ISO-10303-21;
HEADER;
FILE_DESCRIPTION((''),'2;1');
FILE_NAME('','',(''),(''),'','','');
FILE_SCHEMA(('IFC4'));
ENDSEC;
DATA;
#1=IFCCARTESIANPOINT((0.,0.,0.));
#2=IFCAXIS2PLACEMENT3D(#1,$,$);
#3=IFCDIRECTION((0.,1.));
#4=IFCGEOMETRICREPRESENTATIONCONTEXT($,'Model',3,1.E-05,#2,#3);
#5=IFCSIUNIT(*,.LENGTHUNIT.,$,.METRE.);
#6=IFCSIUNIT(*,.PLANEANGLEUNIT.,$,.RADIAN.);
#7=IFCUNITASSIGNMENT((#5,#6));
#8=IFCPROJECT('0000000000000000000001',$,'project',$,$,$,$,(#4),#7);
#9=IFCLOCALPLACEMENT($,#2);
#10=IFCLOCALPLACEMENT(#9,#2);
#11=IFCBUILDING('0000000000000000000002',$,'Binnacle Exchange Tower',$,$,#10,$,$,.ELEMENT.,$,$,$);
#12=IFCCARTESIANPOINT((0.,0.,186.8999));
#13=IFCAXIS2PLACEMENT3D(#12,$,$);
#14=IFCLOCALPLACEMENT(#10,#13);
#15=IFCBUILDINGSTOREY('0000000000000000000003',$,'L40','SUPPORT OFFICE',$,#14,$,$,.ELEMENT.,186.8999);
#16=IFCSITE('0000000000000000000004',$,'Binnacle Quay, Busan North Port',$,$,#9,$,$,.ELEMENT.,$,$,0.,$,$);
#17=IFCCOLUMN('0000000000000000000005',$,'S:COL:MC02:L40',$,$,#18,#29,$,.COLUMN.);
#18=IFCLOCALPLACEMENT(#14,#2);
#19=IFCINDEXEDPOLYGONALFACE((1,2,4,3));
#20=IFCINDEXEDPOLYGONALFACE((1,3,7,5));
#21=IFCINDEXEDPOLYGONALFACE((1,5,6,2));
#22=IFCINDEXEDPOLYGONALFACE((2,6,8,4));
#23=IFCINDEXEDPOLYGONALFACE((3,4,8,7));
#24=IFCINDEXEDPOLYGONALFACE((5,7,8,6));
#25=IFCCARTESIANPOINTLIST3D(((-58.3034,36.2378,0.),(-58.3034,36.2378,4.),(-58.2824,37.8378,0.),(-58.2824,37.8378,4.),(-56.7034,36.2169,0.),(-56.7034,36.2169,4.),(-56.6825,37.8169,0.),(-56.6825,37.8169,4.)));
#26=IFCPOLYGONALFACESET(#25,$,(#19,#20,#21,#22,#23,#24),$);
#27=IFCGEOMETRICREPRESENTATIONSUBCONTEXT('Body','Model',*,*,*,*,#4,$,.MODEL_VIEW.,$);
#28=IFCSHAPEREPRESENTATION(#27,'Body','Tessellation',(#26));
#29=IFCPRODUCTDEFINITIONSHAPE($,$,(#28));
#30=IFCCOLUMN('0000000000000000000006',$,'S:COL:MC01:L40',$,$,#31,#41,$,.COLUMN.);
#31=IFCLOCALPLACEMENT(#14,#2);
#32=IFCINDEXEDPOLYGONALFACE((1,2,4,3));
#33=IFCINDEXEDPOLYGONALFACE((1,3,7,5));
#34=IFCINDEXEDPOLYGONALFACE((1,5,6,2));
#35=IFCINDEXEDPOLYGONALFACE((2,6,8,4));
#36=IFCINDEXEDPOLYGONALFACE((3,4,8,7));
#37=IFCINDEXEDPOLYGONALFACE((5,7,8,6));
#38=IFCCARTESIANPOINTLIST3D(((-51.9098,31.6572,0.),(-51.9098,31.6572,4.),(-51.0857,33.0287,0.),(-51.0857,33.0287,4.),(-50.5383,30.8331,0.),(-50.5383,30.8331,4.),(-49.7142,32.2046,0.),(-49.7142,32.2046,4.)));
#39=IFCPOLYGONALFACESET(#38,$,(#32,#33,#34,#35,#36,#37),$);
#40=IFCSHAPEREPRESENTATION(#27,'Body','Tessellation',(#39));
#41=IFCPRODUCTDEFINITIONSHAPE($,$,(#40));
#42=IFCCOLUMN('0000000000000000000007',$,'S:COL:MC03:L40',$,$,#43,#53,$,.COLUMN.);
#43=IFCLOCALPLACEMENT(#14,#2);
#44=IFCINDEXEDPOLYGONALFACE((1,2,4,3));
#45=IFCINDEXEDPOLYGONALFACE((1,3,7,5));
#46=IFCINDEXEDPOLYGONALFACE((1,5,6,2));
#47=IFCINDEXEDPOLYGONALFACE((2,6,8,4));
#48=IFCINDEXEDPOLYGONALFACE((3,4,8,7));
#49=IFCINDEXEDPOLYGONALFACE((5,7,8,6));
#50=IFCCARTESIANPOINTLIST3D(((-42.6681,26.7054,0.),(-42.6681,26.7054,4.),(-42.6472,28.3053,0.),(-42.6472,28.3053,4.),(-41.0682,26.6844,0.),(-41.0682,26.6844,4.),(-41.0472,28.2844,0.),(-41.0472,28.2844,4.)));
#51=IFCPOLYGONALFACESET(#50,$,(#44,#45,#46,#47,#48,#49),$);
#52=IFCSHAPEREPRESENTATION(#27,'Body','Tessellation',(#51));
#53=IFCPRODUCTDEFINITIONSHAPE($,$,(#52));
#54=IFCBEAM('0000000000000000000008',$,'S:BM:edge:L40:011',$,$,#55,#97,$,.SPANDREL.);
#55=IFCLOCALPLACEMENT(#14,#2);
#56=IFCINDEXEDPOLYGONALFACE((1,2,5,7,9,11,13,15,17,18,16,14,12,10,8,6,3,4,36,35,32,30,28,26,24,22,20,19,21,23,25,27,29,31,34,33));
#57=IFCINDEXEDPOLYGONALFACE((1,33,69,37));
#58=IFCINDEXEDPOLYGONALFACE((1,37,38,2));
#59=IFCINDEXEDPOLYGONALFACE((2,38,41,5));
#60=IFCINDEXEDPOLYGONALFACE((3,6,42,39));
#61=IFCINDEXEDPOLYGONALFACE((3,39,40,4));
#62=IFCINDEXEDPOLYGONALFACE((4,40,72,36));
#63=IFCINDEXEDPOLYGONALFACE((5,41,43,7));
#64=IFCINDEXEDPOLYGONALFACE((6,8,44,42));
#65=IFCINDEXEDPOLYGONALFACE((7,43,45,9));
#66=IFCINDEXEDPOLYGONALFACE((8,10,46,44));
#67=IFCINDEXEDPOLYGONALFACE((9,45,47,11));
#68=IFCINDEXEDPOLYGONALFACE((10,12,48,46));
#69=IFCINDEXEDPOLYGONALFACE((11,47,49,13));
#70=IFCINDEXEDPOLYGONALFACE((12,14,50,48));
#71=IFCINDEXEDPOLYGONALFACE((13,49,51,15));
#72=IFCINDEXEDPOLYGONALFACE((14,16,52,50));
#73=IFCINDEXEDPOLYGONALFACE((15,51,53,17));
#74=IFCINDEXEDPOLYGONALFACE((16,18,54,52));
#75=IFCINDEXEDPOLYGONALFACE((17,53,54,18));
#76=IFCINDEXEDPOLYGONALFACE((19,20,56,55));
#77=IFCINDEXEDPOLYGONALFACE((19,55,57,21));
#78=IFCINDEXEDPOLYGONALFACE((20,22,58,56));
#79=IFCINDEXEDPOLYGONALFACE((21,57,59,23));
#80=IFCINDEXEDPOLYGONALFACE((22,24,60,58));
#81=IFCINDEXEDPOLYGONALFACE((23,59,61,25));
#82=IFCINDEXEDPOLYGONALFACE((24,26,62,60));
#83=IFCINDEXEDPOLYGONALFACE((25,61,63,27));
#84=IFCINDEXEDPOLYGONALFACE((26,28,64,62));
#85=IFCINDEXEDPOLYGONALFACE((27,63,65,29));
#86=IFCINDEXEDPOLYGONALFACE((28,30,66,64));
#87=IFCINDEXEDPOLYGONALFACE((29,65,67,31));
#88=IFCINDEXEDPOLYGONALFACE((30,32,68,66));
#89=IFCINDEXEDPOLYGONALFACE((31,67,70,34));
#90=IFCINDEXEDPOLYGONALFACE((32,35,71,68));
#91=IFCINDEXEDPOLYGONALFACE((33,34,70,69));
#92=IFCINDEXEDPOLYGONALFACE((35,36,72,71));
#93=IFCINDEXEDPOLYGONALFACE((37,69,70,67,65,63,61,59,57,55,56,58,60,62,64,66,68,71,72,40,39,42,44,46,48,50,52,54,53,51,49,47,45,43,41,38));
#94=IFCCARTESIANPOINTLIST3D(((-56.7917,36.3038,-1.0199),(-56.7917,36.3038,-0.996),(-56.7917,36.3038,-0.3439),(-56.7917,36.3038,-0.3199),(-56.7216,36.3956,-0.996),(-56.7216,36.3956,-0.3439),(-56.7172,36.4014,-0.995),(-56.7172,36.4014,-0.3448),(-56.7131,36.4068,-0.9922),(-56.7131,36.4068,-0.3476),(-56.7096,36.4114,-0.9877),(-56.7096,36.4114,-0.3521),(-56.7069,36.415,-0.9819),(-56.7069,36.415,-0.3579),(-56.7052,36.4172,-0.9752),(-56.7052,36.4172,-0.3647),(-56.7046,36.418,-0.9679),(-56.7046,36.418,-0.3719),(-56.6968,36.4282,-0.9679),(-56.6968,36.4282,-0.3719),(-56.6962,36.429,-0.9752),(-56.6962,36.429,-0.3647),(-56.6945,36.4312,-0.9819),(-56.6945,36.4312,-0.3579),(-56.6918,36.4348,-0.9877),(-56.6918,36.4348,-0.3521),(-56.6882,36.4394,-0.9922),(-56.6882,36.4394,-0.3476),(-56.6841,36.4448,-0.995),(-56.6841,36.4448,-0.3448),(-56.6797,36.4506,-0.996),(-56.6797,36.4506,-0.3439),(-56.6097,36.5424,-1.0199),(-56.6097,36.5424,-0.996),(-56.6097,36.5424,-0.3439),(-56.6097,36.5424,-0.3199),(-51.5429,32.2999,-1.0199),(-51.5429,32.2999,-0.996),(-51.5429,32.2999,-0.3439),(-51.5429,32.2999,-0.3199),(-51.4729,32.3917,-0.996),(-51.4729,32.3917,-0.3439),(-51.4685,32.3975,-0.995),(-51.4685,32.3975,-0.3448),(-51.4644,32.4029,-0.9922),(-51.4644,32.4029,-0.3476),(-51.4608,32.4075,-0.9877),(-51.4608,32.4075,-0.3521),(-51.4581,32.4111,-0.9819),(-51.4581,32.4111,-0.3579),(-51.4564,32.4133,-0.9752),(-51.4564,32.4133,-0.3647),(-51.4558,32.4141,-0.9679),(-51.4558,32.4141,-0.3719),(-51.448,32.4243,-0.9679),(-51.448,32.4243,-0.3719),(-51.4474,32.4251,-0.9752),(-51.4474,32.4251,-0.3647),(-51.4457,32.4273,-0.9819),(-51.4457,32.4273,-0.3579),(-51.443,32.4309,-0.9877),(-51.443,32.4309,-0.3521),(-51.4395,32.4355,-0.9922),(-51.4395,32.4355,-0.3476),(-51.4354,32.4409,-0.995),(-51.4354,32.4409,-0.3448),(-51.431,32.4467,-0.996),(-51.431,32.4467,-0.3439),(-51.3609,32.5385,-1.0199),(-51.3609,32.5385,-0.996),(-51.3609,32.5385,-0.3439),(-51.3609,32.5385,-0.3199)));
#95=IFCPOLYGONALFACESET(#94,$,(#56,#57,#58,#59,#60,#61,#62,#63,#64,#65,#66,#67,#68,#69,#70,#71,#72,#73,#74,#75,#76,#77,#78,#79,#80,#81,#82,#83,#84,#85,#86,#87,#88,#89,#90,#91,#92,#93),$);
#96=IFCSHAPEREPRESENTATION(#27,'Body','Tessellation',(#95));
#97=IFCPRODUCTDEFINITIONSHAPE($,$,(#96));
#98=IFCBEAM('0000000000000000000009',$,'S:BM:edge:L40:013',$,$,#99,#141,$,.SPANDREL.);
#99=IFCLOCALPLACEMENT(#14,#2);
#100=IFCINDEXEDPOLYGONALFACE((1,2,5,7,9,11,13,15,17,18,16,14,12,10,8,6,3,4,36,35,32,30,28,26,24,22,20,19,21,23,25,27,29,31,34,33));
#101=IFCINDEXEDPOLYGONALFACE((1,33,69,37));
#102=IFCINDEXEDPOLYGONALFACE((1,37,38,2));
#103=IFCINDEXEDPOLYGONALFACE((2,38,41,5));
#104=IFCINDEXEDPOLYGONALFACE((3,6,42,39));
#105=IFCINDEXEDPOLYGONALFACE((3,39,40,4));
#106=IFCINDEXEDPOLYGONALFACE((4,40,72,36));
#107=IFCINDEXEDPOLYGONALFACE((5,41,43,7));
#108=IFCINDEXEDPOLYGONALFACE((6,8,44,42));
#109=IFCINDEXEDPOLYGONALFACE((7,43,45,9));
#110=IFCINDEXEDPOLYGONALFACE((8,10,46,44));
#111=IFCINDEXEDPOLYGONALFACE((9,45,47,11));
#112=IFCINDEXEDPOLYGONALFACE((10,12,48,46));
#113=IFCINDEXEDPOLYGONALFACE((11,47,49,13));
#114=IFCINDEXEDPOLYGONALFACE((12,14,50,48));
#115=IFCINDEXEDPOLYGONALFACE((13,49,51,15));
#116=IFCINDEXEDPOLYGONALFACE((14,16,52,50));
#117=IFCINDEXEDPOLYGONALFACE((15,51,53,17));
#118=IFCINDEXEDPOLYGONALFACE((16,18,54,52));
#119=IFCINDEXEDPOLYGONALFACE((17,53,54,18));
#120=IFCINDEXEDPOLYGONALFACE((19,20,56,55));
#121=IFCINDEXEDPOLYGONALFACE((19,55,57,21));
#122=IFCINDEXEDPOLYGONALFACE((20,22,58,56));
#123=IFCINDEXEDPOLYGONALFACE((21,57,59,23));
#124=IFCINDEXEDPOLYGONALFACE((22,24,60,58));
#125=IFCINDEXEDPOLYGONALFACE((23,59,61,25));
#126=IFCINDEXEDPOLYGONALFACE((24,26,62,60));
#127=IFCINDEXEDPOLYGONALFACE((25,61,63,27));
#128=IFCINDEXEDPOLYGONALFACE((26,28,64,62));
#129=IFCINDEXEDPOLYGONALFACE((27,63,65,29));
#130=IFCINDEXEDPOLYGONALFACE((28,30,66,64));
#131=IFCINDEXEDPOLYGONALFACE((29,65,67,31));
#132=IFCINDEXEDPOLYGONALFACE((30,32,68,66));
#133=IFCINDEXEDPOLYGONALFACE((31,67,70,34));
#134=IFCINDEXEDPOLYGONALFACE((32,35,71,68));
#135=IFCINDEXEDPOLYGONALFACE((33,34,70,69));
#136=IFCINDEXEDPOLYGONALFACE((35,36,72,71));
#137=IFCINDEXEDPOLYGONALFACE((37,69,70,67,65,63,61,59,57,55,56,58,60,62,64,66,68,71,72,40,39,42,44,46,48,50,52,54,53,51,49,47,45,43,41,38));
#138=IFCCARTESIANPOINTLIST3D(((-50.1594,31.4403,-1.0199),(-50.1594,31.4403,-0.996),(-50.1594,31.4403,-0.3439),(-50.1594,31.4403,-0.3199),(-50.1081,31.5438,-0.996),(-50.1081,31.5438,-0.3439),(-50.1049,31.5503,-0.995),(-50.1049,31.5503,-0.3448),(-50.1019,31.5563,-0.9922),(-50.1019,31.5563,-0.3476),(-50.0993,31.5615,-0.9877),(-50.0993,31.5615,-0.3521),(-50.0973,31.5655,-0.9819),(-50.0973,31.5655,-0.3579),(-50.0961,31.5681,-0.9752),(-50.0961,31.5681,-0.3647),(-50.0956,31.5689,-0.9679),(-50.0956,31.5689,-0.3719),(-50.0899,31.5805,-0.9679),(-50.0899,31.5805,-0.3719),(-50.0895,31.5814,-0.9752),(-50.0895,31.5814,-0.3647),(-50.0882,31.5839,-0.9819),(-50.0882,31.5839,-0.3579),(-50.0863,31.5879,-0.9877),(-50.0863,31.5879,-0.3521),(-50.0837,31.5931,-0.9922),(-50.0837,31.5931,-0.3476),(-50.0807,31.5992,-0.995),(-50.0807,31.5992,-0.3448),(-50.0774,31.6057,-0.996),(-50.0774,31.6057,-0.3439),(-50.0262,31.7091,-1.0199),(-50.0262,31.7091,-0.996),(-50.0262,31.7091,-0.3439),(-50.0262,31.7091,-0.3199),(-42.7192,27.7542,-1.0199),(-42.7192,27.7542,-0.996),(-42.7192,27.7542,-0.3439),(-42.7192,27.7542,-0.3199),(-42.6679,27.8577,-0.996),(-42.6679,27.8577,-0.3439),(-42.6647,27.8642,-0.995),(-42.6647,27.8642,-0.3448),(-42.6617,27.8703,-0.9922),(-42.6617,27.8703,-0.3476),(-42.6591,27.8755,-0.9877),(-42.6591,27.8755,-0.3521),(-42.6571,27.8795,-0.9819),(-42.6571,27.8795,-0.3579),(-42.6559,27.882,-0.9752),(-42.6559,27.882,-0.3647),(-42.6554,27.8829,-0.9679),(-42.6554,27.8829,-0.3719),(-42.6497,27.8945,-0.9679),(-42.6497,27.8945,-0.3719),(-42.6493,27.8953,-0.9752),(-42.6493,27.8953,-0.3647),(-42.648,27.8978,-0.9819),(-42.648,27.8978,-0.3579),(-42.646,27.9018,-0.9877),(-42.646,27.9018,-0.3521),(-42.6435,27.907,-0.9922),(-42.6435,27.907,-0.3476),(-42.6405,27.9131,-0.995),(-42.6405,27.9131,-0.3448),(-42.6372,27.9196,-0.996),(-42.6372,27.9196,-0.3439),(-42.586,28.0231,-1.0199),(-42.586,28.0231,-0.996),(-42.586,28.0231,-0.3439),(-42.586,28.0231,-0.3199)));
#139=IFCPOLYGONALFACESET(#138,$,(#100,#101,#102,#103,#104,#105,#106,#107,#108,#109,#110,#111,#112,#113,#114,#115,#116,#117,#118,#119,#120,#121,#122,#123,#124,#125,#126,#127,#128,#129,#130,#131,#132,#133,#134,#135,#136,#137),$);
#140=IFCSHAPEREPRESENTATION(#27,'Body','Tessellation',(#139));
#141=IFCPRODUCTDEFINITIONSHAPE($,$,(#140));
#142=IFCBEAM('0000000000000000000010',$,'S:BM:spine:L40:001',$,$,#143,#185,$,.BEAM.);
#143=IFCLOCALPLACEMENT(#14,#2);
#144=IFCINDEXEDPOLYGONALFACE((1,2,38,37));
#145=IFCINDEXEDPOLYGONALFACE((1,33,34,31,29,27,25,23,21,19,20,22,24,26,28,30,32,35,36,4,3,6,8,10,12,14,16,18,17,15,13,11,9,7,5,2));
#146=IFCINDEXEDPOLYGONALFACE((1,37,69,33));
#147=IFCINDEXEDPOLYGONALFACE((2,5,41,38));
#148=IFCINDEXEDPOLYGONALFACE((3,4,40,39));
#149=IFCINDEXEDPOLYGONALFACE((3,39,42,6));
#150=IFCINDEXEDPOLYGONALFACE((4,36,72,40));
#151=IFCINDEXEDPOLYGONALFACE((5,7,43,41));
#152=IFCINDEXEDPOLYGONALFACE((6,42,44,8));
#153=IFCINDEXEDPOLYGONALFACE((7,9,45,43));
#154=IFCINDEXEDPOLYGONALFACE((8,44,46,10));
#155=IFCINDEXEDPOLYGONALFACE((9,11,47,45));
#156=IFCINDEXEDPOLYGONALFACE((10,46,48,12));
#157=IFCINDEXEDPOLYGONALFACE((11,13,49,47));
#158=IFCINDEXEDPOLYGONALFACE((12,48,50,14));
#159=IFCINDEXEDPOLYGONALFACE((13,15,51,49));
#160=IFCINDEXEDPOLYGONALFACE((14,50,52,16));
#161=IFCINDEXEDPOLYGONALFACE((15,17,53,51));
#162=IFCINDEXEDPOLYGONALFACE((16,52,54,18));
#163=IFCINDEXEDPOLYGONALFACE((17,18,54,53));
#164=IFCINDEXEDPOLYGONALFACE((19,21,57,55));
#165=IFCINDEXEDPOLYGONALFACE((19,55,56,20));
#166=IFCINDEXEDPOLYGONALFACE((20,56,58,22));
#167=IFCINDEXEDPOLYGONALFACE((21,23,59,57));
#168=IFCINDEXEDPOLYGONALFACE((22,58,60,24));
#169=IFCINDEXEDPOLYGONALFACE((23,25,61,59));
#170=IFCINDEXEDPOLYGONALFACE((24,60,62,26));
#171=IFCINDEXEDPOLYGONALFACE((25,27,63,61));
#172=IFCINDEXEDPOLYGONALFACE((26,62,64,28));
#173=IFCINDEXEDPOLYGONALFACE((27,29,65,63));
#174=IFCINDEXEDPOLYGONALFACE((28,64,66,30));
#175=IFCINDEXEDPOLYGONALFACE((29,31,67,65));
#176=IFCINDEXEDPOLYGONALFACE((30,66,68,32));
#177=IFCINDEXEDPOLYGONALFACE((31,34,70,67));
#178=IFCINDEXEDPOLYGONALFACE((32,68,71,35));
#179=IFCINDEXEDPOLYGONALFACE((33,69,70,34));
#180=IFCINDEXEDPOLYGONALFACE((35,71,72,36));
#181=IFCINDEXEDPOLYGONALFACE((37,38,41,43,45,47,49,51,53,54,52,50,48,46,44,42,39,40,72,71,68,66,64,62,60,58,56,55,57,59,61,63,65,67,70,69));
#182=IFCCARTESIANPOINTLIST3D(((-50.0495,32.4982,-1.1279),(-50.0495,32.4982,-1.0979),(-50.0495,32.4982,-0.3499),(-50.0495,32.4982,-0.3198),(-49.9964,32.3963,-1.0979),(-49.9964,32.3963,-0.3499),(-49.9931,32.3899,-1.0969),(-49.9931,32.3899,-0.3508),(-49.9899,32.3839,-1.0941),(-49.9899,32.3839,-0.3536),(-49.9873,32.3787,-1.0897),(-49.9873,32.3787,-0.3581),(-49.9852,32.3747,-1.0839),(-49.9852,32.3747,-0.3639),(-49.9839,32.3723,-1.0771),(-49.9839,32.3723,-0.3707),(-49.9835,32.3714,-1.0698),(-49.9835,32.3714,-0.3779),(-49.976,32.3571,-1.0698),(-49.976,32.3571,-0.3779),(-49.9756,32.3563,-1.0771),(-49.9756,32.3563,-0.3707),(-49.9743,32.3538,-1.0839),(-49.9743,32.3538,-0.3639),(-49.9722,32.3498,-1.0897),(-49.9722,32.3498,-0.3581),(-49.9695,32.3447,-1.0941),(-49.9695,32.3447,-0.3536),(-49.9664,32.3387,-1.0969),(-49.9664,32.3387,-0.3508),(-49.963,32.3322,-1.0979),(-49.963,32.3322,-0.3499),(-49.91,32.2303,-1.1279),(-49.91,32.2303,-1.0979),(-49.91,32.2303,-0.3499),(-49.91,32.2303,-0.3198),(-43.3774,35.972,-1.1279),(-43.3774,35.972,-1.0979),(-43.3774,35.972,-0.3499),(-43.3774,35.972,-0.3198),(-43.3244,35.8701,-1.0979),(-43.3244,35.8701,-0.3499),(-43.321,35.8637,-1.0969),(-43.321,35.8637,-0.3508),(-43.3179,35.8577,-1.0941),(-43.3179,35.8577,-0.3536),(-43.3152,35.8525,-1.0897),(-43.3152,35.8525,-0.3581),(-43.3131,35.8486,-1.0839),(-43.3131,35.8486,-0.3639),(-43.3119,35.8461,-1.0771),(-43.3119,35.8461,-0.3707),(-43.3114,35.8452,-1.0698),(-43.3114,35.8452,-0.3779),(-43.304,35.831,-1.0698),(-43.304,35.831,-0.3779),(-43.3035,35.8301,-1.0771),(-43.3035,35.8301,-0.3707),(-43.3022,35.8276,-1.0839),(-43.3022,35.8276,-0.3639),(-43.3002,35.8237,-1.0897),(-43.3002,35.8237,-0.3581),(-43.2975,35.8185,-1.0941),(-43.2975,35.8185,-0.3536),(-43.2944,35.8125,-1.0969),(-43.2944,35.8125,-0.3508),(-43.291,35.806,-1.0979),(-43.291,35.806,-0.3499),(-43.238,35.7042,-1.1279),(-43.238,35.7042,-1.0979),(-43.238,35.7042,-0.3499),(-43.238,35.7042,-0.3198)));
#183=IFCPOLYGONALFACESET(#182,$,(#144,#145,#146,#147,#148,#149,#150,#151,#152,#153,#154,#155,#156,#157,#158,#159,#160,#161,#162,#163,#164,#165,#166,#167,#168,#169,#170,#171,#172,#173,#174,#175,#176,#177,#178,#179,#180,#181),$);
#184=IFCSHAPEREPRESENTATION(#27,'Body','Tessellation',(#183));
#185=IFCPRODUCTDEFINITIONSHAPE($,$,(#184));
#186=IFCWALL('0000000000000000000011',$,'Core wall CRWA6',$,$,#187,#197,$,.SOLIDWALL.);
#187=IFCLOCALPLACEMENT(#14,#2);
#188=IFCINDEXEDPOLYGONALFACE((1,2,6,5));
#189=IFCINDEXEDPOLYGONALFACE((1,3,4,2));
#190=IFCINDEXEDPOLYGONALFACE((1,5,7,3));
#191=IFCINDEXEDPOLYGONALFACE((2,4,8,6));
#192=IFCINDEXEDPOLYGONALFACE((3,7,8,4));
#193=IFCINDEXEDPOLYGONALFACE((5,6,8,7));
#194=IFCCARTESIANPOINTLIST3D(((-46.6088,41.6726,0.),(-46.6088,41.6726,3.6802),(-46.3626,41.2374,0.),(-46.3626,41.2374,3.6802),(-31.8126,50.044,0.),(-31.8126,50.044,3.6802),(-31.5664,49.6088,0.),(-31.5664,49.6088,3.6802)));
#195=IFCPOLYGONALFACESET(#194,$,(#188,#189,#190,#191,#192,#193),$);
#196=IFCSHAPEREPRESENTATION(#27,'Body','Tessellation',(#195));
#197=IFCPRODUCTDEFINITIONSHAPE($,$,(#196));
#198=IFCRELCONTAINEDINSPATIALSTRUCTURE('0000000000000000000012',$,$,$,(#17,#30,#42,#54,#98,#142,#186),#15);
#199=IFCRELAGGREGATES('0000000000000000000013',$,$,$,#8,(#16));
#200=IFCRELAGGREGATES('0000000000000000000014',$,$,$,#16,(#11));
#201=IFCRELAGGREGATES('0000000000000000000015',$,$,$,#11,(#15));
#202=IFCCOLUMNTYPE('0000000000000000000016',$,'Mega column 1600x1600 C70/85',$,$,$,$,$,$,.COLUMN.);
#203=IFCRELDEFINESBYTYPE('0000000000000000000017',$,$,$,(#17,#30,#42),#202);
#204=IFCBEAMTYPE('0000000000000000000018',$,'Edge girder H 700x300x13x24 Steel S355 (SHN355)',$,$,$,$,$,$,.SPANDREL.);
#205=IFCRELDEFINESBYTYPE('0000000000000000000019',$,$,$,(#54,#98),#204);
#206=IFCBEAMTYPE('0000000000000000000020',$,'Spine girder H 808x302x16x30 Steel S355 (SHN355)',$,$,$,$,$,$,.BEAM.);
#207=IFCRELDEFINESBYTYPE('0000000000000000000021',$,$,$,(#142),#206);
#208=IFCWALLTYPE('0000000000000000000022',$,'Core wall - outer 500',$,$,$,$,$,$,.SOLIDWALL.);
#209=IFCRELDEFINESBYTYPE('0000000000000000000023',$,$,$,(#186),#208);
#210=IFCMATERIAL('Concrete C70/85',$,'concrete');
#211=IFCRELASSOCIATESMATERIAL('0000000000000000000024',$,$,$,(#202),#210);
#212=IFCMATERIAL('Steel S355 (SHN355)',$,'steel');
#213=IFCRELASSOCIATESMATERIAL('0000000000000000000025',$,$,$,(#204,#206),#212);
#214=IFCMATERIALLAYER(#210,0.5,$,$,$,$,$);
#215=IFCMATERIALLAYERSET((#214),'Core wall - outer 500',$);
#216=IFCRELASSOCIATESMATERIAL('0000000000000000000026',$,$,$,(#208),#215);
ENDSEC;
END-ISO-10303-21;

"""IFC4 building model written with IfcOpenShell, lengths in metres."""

from ifc_helpers import new_model, si_unit, direction, frame, frame_2d, origin, origin_2d, place, context, subcontext, project, spatial, rectangle, i_section, extrude, material, layer, layer_set, material_profile, profile_set, type_object, element, save


model = new_model("IFC4")

# Units and contexts
model_context = context("Model", 3, precision=1e-05, world=origin(), true_north=direction((0.0, 1.0)))
body_context = subcontext(model_context, "Body", "Model", "MODEL_VIEW")
ifc_project = project(units=[si_unit("LENGTHUNIT", "METRE"), si_unit("PLANEANGLEUNIT", "RADIAN")], contexts=[model_context])

# Site, building, storey
site_placement = place(None, origin())
site = spatial("IfcSite", under=ifc_project, at=site_placement, Name="Binnacle Quay, Busan North Port", CompositionType="ELEMENT", RefElevation=0.0)
building_placement = place(site_placement, origin())
building = spatial("IfcBuilding", under=site, at=building_placement, Name="Binnacle Exchange Tower", CompositionType="ELEMENT")
storey_placement = place(building_placement, frame((0.0, 0.0, 186.8999)))
storey = spatial("IfcBuildingStorey", under=building, at=storey_placement, Name="L40", Description="SUPPORT OFFICE", CompositionType="ELEMENT", Elevation=186.8999)

# Columns
ifc_material_1 = material(Name="Concrete C70/85", Category="concrete")
ifc_material_profile_1 = material_profile(ifc_material_1, rectangle(XDim=1.6001, YDim=1.6001, at=origin_2d()), Name="Mega column 1600x1600 C70/85")
ifc_profile_set_1 = profile_set([ifc_material_profile_1], Name="Concrete C70/85")
column_type = type_object("IfcColumnType", Name="Mega column 1600x1600 C70/85", PredefinedType="COLUMN", material=ifc_profile_set_1)
for number, where, z_axis, x_axis, name in (
    (1, (-57.4929, 37.0273, 0.0), (0.0, 0.0, 1.0), (-0.01309, -0.999914, 0.0), "S:COL:MC02:L40"),
    (2, (-50.812, 31.9309, 0.0), (0.0, 0.0, 1.0), (0.857167, -0.515038, 0.0), "S:COL:MC01:L40"),
    (3, (-41.8577, 27.4949, 0.0), (0.0, 0.0, 1.0), (0.999914, -0.01309, 0.0), "S:COL:MC03:L40"),
):
    element("IfcColumn", number, at=place(storey_placement, frame(where, z_axis=z_axis, x_axis=x_axis)), inside=storey, type_object=column_type, Name=name, PredefinedType="COLUMN", context=body_context, shape_type="SweptSolid", body=[
        extrude(rectangle(XDim=1.6001, YDim=1.6001, at=origin_2d()), origin(), (0.0, 0.0, 1.0), 4.0),
    ])

# Beams
ifc_material_2 = material(Name="Steel S355 (SHN355)", Category="steel")
ifc_material_profile_2 = material_profile(ifc_material_2, i_section(OverallWidth=0.3, OverallDepth=0.7, WebThickness=0.0129, FlangeThickness=0.0239, FilletRadius=0.0281, at=origin_2d()), Name="H 700x300x13x24")
ifc_profile_set_2 = profile_set([ifc_material_profile_2], Name="Steel S355 (SHN355)")
beam_type_1 = type_object("IfcBeamType", Name="Edge girder H 700x300x13x24 Steel S355 (SHN355)", PredefinedType="SPANDREL", material=ifc_profile_set_2)
beam_1_placement = place(storey_placement, frame((-56.7007, 36.4231, -0.6699), z_axis=(0.795078, -0.606507, 0.0), x_axis=(0.606507, 0.795078, 0.0)))
element("IfcBeam", 4, at=beam_1_placement, inside=storey, type_object=beam_type_1, Name="S:BM:edge:L40:011", PredefinedType="SPANDREL", context=body_context, shape_type="SweptSolid", body=[
    extrude(i_section(OverallWidth=0.3, OverallDepth=0.7, WebThickness=0.0129, FlangeThickness=0.0239, FilletRadius=0.0281, at=origin_2d()), origin(), (0.0, 0.0, 1.0), 6.6016),
])
beam_2_placement = place(storey_placement, frame((-50.0928, 31.5747, -0.6699), z_axis=(0.896062, -0.443929, 0.0), x_axis=(0.443929, 0.896062, 0.0)))
element("IfcBeam", 5, at=beam_2_placement, inside=storey, type_object=beam_type_1, Name="S:BM:edge:L40:013", PredefinedType="SPANDREL", context=body_context, shape_type="SweptSolid", body=[
    extrude(i_section(OverallWidth=0.3, OverallDepth=0.7, WebThickness=0.0129, FlangeThickness=0.0239, FilletRadius=0.0281, at=origin_2d()), origin(), (0.0, 0.0, 1.0), 8.3032),
])
ifc_material_profile_3 = material_profile(ifc_material_2, i_section(OverallWidth=0.302, OverallDepth=0.8081, WebThickness=0.0161, FlangeThickness=0.03, FilletRadius=0.0281, at=origin_2d()), Name="H 808x302x16x30")
ifc_profile_set_3 = profile_set([ifc_material_profile_3], Name="Steel S355 (SHN355)")
beam_type_2 = type_object("IfcBeamType", Name="Spine girder H 808x302x16x30 Steel S355 (SHN355)", PredefinedType="BEAM", material=ifc_profile_set_3)
beam_3_placement = place(storey_placement, frame((-49.9797, 32.3643, -0.7239), z_axis=(0.886979, 0.46181, 0.0), x_axis=(-0.46181, 0.886979, 0.0)))
element("IfcBeam", 6, at=beam_3_placement, inside=storey, type_object=beam_type_2, Name="S:BM:spine:L40:001", PredefinedType="BEAM", context=body_context, shape_type="SweptSolid", body=[
    extrude(i_section(OverallWidth=0.302, OverallDepth=0.8081, WebThickness=0.0161, FlangeThickness=0.03, FilletRadius=0.0281, at=origin_2d()), origin(), (0.0, 0.0, 1.0), 7.5222),
])

# Wall
ifc_layer_1 = layer(ifc_material_1, 0.5)
ifc_layer_set_1 = layer_set([ifc_layer_1], Name="Core wall - outer 500")
wall_type_1 = type_object("IfcWallType", Name="Core wall - outer 500", PredefinedType="SOLIDWALL", material=ifc_layer_set_1)
wall_1_placement = place(storey_placement, frame((-46.4856, 41.4551, 0.0), z_axis=(0.0, 0.0, 1.0), x_axis=(0.870354, 0.492427, 0.0)))
element("IfcWall", 7, at=wall_1_placement, inside=storey, type_object=wall_type_1, Name="Core wall CRWA6", PredefinedType="SOLIDWALL", context=body_context, shape_type="SweptSolid", body=[
    extrude(rectangle(XDim=17.0002, YDim=0.5, at=frame_2d((8.5, 0.0))), origin(), (0.0, 0.0, 1.0), 3.6802),
])

save(model, "model.ifc")
